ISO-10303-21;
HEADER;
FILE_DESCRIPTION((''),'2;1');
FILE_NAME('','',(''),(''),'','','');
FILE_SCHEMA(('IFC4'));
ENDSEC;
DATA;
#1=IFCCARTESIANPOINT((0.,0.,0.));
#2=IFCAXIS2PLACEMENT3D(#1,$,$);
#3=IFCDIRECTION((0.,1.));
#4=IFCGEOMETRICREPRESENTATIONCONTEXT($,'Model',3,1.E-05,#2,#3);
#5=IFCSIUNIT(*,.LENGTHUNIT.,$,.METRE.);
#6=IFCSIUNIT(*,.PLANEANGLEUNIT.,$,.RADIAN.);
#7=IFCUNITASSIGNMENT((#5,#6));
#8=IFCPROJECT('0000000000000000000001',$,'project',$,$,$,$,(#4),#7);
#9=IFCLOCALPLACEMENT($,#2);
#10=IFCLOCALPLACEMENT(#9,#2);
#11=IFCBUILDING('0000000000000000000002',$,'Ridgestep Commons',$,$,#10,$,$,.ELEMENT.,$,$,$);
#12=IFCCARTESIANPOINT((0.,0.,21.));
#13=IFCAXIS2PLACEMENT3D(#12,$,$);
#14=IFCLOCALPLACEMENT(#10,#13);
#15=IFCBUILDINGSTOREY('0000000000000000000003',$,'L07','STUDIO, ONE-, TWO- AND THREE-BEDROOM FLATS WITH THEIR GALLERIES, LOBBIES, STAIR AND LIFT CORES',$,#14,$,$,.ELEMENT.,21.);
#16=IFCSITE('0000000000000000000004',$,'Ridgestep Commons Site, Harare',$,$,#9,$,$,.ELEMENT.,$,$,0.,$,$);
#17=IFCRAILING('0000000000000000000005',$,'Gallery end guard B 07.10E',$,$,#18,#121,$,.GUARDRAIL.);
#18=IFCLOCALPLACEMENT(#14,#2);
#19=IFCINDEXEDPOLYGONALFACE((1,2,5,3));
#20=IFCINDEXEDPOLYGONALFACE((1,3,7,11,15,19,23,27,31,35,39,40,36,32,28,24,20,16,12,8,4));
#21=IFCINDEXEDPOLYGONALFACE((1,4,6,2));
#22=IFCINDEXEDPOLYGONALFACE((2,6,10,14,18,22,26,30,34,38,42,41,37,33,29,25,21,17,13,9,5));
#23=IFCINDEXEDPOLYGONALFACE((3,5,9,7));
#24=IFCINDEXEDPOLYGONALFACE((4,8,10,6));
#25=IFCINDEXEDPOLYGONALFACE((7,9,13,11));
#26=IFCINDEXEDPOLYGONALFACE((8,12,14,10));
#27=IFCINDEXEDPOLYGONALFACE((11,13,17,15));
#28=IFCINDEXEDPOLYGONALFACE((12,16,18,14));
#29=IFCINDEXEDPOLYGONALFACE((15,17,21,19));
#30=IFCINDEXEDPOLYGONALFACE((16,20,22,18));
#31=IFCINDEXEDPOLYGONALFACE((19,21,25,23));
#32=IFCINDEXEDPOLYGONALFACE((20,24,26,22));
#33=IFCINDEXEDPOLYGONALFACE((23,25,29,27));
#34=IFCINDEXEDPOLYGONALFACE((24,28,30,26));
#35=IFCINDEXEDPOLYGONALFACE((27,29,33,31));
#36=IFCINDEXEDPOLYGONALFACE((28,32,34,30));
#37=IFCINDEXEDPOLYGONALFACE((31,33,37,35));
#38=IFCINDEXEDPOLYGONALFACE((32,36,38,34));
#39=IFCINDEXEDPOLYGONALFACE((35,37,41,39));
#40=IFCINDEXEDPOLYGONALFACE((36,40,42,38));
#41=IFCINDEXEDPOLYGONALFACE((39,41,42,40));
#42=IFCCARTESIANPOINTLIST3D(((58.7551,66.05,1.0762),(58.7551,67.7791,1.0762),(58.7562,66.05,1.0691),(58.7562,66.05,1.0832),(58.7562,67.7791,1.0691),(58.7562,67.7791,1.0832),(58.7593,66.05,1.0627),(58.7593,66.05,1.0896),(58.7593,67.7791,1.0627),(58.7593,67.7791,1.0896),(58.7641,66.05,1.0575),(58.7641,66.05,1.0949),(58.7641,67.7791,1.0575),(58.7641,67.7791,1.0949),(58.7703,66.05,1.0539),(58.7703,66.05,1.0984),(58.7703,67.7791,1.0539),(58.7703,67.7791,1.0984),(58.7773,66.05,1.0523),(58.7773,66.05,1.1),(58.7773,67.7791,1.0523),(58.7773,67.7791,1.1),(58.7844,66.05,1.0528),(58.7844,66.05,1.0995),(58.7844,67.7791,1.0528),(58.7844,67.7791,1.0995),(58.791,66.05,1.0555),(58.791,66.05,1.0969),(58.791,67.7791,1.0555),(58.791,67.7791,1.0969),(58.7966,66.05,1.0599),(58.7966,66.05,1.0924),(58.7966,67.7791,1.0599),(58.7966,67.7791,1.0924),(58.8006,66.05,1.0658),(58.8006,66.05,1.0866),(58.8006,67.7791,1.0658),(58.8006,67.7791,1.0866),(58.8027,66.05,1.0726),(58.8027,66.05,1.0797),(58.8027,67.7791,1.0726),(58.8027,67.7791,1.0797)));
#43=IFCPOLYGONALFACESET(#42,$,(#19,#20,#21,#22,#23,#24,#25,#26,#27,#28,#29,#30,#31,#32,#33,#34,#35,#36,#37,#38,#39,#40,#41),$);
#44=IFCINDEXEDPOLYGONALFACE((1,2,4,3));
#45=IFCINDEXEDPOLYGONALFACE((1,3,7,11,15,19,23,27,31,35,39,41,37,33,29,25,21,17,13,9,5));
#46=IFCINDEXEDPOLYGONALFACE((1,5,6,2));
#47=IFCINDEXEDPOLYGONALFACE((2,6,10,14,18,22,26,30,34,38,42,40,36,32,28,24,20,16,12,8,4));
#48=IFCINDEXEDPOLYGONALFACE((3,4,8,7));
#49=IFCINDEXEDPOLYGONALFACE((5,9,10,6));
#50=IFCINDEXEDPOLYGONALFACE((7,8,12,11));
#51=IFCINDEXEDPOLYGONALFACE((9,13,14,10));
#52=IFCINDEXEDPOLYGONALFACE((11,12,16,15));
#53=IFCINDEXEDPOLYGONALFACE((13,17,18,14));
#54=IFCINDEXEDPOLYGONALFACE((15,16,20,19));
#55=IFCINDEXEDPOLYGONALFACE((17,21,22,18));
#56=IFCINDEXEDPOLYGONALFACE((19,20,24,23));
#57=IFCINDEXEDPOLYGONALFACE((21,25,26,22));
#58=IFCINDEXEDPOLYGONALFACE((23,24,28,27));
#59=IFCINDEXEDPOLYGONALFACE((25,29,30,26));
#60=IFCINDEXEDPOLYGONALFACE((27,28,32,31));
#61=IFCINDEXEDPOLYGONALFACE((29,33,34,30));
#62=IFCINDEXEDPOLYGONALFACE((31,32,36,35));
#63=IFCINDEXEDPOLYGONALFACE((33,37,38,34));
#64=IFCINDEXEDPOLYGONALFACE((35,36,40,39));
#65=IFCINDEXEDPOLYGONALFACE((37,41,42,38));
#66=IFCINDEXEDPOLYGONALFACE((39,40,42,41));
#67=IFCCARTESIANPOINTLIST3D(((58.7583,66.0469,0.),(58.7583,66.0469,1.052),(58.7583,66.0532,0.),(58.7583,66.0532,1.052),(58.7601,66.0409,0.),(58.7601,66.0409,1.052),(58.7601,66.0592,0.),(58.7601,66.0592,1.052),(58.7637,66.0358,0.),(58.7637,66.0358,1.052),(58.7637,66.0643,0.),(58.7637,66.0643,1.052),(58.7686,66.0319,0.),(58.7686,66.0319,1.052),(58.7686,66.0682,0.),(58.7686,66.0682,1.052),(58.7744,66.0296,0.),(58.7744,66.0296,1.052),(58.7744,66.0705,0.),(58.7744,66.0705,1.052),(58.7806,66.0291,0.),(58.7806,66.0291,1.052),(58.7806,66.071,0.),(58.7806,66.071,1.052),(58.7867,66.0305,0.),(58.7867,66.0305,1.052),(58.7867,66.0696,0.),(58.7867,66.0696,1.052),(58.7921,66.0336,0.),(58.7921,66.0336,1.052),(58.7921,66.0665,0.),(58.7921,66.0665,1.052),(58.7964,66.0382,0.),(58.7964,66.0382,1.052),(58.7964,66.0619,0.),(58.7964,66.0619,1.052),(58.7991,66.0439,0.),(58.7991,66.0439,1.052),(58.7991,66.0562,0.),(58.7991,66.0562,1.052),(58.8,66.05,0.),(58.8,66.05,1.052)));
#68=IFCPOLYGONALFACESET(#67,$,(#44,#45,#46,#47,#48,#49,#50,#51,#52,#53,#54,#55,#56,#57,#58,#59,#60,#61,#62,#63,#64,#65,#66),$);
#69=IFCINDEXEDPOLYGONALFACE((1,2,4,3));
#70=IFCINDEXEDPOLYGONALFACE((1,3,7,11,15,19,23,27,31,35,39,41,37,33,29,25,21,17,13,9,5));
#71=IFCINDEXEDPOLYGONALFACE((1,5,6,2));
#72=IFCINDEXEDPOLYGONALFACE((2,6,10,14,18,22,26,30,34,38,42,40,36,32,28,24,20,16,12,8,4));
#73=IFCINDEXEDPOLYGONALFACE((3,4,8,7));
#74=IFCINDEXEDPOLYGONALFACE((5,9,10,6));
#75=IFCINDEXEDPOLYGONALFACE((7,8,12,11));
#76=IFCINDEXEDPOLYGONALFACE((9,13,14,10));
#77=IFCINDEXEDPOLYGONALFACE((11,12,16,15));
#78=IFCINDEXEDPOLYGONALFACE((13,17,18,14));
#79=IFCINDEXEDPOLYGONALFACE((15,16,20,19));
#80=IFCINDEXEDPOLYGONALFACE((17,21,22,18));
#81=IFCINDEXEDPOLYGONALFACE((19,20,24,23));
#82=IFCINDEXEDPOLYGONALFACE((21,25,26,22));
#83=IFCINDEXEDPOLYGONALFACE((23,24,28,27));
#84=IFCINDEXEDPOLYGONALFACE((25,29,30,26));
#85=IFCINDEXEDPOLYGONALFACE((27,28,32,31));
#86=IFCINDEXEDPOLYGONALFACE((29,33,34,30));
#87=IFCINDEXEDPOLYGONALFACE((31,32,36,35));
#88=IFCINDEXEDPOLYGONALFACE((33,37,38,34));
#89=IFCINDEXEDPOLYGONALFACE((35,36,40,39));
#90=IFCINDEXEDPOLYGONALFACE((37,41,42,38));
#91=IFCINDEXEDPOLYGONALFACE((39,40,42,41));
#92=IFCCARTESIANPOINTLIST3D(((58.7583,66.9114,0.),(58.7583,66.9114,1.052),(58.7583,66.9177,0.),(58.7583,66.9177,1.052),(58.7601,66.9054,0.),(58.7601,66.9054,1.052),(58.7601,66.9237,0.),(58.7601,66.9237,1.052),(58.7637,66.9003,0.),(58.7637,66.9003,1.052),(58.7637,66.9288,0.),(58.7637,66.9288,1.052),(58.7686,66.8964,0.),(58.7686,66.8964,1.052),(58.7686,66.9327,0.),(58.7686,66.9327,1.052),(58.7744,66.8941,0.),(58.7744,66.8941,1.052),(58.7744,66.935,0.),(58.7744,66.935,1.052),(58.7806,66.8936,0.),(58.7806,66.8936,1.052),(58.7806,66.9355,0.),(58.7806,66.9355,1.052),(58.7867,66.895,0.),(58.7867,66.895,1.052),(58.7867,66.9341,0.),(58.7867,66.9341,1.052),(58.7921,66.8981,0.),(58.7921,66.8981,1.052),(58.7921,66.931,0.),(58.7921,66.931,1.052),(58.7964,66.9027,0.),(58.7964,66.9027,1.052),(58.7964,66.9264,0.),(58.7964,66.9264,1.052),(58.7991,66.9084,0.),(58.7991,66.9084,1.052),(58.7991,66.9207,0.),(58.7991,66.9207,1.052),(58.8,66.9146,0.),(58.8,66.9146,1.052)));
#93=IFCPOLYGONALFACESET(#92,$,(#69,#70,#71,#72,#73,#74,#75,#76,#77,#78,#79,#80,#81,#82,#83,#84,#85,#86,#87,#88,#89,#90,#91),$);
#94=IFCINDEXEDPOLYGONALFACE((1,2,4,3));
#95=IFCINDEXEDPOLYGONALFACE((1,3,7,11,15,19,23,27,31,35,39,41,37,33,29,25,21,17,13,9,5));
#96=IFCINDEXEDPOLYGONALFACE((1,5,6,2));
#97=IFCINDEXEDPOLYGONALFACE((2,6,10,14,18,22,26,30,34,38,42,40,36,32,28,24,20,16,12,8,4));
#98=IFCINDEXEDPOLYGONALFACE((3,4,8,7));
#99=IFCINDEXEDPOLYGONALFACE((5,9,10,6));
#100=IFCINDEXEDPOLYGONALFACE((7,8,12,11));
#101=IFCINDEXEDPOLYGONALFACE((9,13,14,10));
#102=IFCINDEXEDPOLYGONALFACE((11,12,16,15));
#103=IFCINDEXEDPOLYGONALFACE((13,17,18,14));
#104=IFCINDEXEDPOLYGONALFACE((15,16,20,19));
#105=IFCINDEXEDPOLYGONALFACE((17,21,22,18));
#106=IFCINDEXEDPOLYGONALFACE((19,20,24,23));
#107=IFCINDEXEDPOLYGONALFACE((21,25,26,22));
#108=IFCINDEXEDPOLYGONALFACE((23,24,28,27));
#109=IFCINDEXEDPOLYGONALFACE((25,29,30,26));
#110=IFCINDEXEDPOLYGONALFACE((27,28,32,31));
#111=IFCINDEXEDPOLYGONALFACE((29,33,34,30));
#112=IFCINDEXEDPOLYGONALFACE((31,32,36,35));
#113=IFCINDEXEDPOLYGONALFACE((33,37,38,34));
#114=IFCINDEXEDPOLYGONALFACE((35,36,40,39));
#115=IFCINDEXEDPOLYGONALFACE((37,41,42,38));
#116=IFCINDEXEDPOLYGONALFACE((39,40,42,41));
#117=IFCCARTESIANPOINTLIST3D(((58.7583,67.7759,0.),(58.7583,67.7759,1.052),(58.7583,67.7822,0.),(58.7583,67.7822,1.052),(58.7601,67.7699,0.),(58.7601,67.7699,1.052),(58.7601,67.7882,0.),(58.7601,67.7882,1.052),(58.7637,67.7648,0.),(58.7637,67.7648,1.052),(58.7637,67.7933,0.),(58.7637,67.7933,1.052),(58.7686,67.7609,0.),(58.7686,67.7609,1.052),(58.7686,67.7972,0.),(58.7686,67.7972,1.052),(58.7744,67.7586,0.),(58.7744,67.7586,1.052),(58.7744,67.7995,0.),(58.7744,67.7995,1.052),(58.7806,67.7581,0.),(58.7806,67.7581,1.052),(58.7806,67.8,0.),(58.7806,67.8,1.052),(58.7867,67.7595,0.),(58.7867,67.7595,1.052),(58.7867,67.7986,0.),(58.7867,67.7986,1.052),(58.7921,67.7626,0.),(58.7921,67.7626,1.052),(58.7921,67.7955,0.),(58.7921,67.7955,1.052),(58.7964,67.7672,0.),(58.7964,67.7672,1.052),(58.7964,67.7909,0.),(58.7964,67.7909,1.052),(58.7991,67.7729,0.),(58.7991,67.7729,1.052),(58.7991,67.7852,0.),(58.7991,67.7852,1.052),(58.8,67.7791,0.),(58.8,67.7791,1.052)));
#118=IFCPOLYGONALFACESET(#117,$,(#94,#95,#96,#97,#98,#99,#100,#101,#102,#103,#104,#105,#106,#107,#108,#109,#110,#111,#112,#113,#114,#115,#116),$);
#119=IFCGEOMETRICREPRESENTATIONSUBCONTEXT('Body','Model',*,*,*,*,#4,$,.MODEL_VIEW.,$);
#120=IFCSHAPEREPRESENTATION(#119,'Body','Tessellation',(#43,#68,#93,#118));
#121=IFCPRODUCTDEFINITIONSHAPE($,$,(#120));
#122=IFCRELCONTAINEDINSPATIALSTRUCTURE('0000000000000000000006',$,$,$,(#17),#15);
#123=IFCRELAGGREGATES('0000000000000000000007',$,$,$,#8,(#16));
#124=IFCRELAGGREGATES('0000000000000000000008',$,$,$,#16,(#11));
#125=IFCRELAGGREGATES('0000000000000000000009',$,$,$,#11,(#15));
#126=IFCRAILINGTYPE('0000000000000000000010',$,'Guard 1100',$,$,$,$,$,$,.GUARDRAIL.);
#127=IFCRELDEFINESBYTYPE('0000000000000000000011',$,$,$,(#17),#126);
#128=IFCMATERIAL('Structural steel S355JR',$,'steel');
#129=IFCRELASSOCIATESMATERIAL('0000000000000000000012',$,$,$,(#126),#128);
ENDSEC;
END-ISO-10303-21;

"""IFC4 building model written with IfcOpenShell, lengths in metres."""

from ifc_helpers import new_model, si_unit, direction, frame, origin, origin_2d, place, context, subcontext, project, spatial, circle, extrude, material, type_object, element, save


model = new_model("IFC4")

# Units and contexts
model_context = context("Model", 3, precision=1e-05, world=origin(), true_north=direction((0.0, 1.0)))
body_context = subcontext(model_context, "Body", "Model", "MODEL_VIEW")
ifc_project = project(units=[si_unit("LENGTHUNIT", "METRE"), si_unit("PLANEANGLEUNIT", "RADIAN")], contexts=[model_context])

# Site, building, storey
site_placement = place(None, origin())
site = spatial("IfcSite", under=ifc_project, at=site_placement, Name="Ridgestep Commons Site, Harare", CompositionType="ELEMENT", RefElevation=0.0)
building_placement = place(site_placement, origin())
building = spatial("IfcBuilding", under=site, at=building_placement, Name="Ridgestep Commons", CompositionType="ELEMENT")
storey_placement = place(building_placement, frame((0.0, 0.0, 21.0)))
storey = spatial("IfcBuildingStorey", under=building, at=storey_placement, Name="L07", Description="STUDIO, ONE-, TWO- AND THREE-BEDROOM FLATS WITH THEIR GALLERIES, LOBBIES, STAIR AND LIFT CORES", CompositionType="ELEMENT", Elevation=21.0)

# Railing
ifc_material_1 = material(Name="Structural steel S355JR", Category="steel")
railing_type_1 = type_object("IfcRailingType", Name="Guard 1100", PredefinedType="GUARDRAIL", material=ifc_material_1)
railing_1_placement = place(storey_placement, frame((58.7791, 66.05, 0.0)))
element("IfcRailing", 1, at=railing_1_placement, inside=storey, type_object=railing_type_1, Name="Gallery end guard B 07.10E", PredefinedType="GUARDRAIL", context=body_context, shape_type="SweptSolid", body=[
    extrude(circle(Radius=0.0239, at=origin_2d()), frame((0.0, 0.0, 1.0762), z_axis=(0.0, 1.0, 0.0), x_axis=(-1.0, 0.0, 0.0)), (0.0, 0.0, 1.0), 1.729),
    extrude(circle(Radius=0.021, at=origin_2d()), origin(), (0.0, 0.0, 1.0), 1.052),
    extrude(circle(Radius=0.021, at=origin_2d()), frame((0.0, 0.8645, 0.0)), (0.0, 0.0, 1.0), 1.052),
    extrude(circle(Radius=0.021, at=origin_2d()), frame((0.0, 1.729, 0.0)), (0.0, 0.0, 1.0), 1.052),
])

save(model, "model.ifc")
